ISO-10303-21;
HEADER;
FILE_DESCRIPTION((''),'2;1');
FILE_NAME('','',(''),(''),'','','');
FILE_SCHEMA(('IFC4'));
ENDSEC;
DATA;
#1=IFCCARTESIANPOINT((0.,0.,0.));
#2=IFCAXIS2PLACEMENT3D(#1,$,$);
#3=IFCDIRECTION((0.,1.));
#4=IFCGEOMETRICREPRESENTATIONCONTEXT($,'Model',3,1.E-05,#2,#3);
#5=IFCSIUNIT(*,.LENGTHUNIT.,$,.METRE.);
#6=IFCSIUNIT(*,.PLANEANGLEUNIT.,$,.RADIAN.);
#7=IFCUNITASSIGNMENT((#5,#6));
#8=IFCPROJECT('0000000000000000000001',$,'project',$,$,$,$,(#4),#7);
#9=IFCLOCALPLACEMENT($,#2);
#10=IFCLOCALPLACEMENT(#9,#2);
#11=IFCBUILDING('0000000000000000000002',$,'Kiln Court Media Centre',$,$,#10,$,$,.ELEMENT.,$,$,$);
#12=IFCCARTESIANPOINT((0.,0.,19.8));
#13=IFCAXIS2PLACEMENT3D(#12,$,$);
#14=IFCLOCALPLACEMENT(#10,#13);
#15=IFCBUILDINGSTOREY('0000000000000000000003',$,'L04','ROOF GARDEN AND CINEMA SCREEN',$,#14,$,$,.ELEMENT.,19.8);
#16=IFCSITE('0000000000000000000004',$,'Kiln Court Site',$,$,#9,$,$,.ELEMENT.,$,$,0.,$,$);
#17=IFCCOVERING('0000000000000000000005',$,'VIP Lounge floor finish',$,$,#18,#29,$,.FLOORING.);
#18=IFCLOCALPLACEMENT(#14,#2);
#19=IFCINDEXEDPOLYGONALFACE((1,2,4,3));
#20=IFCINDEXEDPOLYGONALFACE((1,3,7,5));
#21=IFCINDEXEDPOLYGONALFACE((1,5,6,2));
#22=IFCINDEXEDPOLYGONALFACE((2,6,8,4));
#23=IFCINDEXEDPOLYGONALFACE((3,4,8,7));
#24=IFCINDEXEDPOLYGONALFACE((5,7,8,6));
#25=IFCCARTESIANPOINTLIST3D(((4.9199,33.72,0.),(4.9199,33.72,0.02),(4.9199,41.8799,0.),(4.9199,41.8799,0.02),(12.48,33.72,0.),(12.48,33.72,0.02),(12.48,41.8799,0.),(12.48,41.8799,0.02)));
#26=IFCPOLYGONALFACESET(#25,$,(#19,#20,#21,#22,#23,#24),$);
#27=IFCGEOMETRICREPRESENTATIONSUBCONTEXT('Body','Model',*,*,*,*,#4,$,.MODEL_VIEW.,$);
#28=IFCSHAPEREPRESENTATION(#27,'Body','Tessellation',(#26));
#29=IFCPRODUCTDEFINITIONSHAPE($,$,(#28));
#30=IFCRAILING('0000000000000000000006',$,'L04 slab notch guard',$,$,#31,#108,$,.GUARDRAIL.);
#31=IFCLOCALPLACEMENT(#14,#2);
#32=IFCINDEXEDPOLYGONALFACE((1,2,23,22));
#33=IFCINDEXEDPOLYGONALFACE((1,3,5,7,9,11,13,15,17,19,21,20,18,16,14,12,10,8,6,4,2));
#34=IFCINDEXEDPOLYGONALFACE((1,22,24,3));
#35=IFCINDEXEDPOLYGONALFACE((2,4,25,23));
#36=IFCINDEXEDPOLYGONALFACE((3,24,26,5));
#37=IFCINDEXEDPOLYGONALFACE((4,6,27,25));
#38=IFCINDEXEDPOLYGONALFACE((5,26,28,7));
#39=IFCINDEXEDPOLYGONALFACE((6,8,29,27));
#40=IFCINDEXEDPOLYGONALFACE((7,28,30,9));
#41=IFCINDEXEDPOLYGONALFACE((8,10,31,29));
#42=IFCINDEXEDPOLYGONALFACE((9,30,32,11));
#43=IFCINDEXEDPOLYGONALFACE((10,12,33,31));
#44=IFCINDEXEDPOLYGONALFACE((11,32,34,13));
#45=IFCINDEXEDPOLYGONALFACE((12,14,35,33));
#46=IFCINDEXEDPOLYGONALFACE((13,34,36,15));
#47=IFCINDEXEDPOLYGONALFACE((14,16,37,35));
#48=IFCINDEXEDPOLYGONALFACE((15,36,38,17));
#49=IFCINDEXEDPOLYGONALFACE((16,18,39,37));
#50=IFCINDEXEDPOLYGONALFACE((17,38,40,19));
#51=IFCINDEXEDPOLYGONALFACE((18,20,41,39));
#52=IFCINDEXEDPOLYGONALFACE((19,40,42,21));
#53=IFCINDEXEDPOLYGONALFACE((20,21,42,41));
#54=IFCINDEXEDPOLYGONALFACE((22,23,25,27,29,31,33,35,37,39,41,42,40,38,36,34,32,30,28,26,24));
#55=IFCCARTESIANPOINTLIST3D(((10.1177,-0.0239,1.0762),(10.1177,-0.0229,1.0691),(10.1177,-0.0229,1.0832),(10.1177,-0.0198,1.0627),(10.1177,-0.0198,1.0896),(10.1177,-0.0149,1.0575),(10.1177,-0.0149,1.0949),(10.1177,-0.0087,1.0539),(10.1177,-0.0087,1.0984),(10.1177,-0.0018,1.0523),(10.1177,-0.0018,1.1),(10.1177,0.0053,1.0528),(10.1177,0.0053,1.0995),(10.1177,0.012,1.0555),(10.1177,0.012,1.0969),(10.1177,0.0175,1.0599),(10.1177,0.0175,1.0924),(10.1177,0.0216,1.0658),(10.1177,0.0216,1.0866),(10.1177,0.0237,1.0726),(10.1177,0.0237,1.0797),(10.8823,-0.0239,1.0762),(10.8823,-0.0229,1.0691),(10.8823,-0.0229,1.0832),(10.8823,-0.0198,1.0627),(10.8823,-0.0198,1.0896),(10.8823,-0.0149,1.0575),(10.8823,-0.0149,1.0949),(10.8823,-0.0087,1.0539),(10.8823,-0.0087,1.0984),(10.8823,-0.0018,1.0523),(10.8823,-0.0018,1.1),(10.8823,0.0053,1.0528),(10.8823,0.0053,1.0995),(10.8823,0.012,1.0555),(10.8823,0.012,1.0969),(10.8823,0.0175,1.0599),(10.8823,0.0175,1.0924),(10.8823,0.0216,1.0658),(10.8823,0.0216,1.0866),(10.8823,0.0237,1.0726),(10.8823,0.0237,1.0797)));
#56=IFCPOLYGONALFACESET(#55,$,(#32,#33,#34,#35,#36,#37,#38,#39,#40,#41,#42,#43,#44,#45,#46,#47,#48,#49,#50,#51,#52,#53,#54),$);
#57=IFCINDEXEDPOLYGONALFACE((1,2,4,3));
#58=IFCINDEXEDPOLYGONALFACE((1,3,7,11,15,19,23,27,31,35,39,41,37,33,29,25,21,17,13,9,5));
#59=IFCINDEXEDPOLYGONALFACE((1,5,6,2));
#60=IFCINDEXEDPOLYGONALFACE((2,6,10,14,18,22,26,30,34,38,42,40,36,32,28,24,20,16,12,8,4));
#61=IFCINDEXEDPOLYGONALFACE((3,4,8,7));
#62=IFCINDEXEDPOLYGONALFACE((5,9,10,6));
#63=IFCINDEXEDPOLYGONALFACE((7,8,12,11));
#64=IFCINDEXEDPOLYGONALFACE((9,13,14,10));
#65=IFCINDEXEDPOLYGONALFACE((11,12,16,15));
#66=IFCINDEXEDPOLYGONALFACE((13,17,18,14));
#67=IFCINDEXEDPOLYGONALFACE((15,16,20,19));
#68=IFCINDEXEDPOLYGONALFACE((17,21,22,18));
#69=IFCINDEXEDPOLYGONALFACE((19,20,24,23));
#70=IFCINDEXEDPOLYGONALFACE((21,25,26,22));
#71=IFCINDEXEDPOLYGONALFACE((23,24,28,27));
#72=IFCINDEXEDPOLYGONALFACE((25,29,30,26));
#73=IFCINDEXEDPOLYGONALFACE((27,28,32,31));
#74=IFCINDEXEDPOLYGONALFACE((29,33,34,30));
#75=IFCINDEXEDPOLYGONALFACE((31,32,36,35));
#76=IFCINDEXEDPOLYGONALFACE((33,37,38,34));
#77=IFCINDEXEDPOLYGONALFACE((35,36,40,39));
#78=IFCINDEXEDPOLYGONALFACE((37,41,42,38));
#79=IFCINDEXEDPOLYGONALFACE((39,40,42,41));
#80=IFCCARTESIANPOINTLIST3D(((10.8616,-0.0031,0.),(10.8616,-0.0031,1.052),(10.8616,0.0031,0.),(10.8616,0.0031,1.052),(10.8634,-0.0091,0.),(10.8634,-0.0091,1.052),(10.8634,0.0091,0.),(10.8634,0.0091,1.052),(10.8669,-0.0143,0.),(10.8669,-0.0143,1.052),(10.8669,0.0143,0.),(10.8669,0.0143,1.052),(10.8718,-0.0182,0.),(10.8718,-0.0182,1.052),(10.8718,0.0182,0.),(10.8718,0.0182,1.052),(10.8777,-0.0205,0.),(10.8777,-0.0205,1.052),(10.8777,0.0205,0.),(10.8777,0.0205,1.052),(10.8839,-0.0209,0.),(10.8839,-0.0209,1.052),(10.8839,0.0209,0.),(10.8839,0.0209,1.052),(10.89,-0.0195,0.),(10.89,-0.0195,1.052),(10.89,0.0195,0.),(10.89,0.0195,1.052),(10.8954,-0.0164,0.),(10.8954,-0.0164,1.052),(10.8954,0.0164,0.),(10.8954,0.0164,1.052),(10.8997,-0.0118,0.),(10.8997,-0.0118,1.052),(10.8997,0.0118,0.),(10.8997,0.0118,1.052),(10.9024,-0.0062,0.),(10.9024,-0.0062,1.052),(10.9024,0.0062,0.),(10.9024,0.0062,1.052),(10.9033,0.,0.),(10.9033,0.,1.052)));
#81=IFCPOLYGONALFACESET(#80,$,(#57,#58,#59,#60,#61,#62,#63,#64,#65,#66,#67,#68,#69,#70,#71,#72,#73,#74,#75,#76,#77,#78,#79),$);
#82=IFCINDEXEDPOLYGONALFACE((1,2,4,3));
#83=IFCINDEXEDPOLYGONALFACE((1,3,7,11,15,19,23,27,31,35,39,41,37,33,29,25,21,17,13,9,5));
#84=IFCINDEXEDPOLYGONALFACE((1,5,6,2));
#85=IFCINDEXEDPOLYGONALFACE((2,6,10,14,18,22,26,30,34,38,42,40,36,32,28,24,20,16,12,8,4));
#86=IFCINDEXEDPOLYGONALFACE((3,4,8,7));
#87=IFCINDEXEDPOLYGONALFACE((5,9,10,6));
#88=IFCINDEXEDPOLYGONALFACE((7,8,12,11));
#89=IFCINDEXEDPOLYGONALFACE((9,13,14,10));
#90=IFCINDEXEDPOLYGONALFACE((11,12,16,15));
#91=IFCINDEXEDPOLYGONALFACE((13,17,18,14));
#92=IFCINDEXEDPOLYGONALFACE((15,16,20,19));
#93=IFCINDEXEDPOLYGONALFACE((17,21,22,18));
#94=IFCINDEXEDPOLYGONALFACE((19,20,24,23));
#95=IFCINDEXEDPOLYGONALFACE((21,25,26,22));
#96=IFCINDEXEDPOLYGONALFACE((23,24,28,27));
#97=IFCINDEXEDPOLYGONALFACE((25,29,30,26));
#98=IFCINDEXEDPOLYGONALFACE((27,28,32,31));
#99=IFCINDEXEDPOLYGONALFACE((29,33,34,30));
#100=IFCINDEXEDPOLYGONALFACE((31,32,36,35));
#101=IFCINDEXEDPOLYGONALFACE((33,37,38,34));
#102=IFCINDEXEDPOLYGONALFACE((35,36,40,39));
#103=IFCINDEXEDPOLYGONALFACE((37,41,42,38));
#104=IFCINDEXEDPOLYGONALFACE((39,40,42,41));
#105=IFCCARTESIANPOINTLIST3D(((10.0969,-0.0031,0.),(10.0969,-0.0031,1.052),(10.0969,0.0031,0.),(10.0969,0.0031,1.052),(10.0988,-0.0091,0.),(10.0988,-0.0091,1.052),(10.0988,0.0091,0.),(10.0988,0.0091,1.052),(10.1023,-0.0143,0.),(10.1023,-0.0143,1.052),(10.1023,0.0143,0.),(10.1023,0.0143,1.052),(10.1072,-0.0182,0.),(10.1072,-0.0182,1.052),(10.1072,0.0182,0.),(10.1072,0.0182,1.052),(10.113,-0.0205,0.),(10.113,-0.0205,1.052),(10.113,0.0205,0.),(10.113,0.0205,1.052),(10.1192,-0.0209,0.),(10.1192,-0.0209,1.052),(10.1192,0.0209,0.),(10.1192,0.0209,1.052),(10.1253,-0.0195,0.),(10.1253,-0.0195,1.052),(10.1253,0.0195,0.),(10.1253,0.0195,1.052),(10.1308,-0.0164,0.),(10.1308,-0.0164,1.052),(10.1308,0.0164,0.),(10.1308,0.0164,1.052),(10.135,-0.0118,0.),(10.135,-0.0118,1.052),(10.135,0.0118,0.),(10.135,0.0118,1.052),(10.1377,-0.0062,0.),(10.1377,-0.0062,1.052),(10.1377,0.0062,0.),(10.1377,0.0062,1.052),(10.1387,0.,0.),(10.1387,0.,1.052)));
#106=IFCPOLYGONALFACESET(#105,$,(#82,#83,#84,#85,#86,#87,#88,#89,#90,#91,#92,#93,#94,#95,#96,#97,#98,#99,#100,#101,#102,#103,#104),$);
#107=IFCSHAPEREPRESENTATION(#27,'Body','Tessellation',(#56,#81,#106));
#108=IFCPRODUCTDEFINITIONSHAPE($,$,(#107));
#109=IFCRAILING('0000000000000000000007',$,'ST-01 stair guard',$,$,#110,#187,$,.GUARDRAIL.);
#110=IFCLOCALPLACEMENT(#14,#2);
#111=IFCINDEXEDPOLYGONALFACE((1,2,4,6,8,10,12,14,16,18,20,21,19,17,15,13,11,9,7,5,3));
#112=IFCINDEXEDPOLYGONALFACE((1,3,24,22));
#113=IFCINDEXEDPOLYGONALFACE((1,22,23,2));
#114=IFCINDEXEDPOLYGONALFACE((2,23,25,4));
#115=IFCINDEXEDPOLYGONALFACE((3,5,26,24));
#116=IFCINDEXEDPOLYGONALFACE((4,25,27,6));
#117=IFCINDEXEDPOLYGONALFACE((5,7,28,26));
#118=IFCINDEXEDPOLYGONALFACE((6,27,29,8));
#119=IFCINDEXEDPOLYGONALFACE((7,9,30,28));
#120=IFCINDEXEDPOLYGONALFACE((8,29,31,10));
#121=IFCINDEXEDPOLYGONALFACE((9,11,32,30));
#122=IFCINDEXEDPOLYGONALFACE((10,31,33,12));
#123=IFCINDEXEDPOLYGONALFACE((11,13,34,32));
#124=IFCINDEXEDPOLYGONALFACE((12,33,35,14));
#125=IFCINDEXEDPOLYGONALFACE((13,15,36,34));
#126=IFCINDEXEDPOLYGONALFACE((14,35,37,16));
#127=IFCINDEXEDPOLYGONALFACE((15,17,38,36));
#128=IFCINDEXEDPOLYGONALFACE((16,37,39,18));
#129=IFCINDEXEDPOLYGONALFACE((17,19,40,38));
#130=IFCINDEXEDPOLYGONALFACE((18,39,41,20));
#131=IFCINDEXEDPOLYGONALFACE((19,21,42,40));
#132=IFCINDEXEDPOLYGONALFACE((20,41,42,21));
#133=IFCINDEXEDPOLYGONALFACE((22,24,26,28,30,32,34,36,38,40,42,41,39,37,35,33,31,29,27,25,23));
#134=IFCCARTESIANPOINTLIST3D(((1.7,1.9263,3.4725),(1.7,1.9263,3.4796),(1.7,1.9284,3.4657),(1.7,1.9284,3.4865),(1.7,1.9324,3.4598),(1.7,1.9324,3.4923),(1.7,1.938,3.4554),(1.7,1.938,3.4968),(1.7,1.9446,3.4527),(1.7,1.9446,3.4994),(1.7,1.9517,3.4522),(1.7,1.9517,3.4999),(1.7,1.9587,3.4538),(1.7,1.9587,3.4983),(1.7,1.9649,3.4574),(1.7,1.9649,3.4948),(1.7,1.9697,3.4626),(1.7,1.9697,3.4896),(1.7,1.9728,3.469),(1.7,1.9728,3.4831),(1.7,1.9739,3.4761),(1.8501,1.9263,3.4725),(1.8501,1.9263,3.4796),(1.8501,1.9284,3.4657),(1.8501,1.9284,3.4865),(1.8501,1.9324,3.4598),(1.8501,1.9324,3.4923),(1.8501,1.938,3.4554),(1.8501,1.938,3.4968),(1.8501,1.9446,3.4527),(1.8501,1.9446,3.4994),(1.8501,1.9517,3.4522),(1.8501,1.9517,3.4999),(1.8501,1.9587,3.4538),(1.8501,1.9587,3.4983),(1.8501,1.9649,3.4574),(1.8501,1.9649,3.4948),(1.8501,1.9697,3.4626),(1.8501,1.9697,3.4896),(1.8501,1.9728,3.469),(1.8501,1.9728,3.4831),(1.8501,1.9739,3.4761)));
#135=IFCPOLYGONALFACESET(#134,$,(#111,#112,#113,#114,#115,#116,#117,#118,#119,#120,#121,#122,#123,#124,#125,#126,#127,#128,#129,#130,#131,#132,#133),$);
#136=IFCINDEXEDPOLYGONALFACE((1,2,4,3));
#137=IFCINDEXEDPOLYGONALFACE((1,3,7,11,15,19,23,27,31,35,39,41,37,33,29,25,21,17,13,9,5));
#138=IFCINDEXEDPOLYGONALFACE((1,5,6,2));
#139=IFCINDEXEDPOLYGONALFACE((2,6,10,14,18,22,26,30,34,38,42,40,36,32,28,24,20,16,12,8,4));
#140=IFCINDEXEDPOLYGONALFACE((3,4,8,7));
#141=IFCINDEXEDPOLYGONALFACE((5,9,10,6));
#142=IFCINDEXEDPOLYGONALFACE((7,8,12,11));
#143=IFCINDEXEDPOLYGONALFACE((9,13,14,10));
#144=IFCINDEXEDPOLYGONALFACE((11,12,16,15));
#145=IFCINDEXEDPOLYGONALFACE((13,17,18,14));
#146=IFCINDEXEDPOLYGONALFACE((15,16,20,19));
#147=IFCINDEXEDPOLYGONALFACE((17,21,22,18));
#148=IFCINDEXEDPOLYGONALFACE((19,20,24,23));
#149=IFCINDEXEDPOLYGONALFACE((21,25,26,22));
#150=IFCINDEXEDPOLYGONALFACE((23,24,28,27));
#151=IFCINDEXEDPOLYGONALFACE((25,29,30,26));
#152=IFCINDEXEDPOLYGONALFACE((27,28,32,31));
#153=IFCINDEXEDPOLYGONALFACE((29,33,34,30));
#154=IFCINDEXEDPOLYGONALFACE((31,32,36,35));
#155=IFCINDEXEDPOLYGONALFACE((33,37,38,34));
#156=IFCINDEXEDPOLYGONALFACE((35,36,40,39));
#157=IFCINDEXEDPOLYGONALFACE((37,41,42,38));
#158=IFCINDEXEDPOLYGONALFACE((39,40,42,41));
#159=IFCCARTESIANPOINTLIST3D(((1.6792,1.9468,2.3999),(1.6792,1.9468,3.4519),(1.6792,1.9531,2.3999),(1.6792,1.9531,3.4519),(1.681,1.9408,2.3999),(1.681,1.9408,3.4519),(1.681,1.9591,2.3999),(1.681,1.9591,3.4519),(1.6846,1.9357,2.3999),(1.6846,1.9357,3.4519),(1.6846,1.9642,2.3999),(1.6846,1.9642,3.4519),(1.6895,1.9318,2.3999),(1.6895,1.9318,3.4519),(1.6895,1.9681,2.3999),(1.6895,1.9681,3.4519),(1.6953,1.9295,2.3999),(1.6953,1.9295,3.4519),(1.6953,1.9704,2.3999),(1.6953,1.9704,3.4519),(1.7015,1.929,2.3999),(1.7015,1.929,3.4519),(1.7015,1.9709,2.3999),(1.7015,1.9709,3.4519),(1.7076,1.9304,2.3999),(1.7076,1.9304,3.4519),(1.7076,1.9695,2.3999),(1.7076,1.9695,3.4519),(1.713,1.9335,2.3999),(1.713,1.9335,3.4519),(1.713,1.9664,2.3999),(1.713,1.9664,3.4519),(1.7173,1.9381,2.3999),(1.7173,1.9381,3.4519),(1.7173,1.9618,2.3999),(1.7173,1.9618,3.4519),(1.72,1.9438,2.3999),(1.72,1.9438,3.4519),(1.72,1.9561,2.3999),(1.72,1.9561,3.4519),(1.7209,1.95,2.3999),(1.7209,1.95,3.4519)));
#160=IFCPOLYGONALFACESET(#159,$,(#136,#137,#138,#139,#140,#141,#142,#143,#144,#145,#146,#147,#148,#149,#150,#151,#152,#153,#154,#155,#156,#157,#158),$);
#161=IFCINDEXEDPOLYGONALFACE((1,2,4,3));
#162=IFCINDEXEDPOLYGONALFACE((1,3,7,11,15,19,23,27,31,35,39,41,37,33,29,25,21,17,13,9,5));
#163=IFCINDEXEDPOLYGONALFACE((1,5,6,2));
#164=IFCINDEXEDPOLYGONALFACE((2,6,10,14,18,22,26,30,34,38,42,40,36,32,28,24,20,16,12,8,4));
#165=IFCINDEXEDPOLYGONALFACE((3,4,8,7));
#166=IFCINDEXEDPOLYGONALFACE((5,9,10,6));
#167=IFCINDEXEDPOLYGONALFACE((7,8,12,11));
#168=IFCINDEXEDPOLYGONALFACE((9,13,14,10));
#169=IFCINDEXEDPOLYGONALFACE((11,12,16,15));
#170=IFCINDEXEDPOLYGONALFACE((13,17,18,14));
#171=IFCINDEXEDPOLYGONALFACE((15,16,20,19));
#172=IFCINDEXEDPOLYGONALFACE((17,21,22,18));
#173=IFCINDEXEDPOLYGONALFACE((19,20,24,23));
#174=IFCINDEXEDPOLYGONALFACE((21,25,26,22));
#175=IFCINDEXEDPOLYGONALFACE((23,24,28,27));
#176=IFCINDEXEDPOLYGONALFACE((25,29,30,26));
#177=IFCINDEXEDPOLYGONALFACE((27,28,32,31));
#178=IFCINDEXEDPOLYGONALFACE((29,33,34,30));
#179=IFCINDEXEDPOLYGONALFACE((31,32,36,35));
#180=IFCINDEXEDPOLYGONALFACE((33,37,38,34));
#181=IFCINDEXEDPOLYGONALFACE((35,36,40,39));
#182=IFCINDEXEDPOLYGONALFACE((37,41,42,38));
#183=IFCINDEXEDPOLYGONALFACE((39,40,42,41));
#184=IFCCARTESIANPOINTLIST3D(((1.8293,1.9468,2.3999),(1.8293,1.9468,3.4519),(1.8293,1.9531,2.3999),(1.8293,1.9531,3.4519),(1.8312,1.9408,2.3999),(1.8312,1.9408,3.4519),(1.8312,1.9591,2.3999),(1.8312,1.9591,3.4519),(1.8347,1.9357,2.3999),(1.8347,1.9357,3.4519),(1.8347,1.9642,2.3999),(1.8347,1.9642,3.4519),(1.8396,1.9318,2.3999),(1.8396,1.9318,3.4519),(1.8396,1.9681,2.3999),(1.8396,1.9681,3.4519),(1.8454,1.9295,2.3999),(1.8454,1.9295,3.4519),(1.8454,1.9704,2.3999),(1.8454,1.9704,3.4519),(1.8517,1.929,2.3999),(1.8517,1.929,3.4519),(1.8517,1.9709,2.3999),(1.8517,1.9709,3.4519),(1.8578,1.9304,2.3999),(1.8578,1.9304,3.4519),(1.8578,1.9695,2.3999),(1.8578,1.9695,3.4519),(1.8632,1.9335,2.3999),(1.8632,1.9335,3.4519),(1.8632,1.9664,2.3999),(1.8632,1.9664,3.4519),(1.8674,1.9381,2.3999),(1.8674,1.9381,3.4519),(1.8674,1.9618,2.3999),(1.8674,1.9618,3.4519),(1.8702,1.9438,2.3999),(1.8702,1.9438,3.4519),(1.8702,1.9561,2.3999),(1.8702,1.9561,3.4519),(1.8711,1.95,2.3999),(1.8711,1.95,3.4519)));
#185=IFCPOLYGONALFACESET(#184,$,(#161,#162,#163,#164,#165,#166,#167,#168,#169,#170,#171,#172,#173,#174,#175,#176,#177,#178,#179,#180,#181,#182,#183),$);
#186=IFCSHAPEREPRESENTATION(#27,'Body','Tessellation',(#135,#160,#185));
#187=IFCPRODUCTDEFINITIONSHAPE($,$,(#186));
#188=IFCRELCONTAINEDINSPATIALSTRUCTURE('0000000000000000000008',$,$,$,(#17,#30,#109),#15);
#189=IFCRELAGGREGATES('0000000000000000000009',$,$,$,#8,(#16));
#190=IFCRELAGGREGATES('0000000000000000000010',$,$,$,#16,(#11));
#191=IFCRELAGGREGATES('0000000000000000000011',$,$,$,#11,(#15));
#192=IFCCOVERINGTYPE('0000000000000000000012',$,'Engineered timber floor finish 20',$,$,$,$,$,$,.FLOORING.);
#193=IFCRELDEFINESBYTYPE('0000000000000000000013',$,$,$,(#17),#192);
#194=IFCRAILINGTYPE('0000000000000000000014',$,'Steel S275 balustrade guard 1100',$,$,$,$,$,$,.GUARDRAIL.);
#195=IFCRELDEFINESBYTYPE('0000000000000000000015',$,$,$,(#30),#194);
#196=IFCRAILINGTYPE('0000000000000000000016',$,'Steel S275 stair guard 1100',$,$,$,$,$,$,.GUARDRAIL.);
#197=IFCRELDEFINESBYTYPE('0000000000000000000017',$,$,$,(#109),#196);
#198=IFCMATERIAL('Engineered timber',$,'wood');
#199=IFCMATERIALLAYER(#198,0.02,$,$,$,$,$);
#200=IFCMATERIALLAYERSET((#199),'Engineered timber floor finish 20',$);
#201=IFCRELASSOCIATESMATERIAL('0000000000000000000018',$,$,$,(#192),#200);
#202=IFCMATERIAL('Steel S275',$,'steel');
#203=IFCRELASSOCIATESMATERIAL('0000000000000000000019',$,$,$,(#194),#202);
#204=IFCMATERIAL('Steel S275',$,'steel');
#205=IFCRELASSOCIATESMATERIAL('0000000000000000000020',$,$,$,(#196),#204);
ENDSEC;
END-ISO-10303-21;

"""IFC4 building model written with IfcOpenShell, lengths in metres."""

from ifc_helpers import new_model, si_unit, direction, frame, origin, origin_2d, place, context, subcontext, project, spatial, polyline, circle, outline, extrude, material, layer, layer_set, type_object, element, save


model = new_model("IFC4")

# Units and contexts
model_context = context("Model", 3, precision=1e-05, world=origin(), true_north=direction((0.0, 1.0)))
body_context = subcontext(model_context, "Body", "Model", "MODEL_VIEW")
ifc_project = project(units=[si_unit("LENGTHUNIT", "METRE"), si_unit("PLANEANGLEUNIT", "RADIAN")], contexts=[model_context])

# Site, building, storey
site_placement = place(None, origin())
site = spatial("IfcSite", under=ifc_project, at=site_placement, Name="Kiln Court Site", CompositionType="ELEMENT", RefElevation=0.0)
building_placement = place(site_placement, origin())
building = spatial("IfcBuilding", under=site, at=building_placement, Name="Kiln Court Media Centre", CompositionType="ELEMENT")
storey_placement = place(building_placement, frame((0.0, 0.0, 19.8)))
storey = spatial("IfcBuildingStorey", under=building, at=storey_placement, Name="L04", Description="ROOF GARDEN AND CINEMA SCREEN", CompositionType="ELEMENT", Elevation=19.8)

# Covering
ifc_material_1 = material(Name="Engineered timber", Category="wood")
ifc_layer_1 = layer(ifc_material_1, 0.02)
ifc_layer_set_1 = layer_set([ifc_layer_1], Name="Engineered timber floor finish 20")
covering_type_1 = type_object("IfcCoveringType", Name="Engineered timber floor finish 20", PredefinedType="FLOORING", material=ifc_layer_set_1)
covering_1_placement = place(storey_placement, origin())
element("IfcCovering", 1, at=covering_1_placement, inside=storey, type_object=covering_type_1, Name="VIP Lounge floor finish", PredefinedType="FLOORING", context=body_context, shape_type="SweptSolid", body=[
    extrude(outline(polyline([(12.48, 41.8799), (4.9199, 41.8799), (4.9199, 33.72), (12.48, 33.72), (12.48, 41.8799)])), origin(), (0.0, 0.0, 1.0), 0.02),
])

# Railings
ifc_material_2 = material(Name="Steel S275", Category="steel")
railing_type_1 = type_object("IfcRailingType", Name="Steel S275 balustrade guard 1100", PredefinedType="GUARDRAIL", material=ifc_material_2)
railing_1_placement = place(storey_placement, frame((10.8823, 0.0, 0.0)))
element("IfcRailing", 2, at=railing_1_placement, inside=storey, type_object=railing_type_1, Name="L04 slab notch guard", PredefinedType="GUARDRAIL", context=body_context, shape_type="SweptSolid", body=[
    extrude(circle(Radius=0.0239, at=origin_2d()), frame((0.0, 0.0, 1.0762), z_axis=(-1.0, 0.0, 0.0), x_axis=(0.0, -1.0, 0.0)), (0.0, 0.0, 1.0), 0.7646),
    extrude(circle(Radius=0.021, at=origin_2d()), origin(), (0.0, 0.0, 1.0), 1.052),
    extrude(circle(Radius=0.021, at=origin_2d()), frame((-0.7646, 0.0, 0.0)), (0.0, 0.0, 1.0), 1.052),
])
ifc_material_3 = material(Name="Steel S275", Category="steel")
railing_type_2 = type_object("IfcRailingType", Name="Steel S275 stair guard 1100", PredefinedType="GUARDRAIL", material=ifc_material_3)
railing_2_placement = place(storey_placement, frame((1.7, 1.95, 2.3999)))
element("IfcRailing", 3, at=railing_2_placement, inside=storey, type_object=railing_type_2, Name="ST-01 stair guard", PredefinedType="GUARDRAIL", context=body_context, shape_type="SweptSolid", body=[
    extrude(circle(Radius=0.0239, at=origin_2d()), frame((0.0, 0.0, 1.0762), z_axis=(1.0, 0.0, 0.0), x_axis=(0.0, 1.0, 0.0)), (0.0, 0.0, 1.0), 0.1501),
    extrude(circle(Radius=0.021, at=origin_2d()), origin(), (0.0, 0.0, 1.0), 1.052),
    extrude(circle(Radius=0.021, at=origin_2d()), frame((0.1501, 0.0, 0.0)), (0.0, 0.0, 1.0), 1.052),
])

save(model, "model.ifc")
